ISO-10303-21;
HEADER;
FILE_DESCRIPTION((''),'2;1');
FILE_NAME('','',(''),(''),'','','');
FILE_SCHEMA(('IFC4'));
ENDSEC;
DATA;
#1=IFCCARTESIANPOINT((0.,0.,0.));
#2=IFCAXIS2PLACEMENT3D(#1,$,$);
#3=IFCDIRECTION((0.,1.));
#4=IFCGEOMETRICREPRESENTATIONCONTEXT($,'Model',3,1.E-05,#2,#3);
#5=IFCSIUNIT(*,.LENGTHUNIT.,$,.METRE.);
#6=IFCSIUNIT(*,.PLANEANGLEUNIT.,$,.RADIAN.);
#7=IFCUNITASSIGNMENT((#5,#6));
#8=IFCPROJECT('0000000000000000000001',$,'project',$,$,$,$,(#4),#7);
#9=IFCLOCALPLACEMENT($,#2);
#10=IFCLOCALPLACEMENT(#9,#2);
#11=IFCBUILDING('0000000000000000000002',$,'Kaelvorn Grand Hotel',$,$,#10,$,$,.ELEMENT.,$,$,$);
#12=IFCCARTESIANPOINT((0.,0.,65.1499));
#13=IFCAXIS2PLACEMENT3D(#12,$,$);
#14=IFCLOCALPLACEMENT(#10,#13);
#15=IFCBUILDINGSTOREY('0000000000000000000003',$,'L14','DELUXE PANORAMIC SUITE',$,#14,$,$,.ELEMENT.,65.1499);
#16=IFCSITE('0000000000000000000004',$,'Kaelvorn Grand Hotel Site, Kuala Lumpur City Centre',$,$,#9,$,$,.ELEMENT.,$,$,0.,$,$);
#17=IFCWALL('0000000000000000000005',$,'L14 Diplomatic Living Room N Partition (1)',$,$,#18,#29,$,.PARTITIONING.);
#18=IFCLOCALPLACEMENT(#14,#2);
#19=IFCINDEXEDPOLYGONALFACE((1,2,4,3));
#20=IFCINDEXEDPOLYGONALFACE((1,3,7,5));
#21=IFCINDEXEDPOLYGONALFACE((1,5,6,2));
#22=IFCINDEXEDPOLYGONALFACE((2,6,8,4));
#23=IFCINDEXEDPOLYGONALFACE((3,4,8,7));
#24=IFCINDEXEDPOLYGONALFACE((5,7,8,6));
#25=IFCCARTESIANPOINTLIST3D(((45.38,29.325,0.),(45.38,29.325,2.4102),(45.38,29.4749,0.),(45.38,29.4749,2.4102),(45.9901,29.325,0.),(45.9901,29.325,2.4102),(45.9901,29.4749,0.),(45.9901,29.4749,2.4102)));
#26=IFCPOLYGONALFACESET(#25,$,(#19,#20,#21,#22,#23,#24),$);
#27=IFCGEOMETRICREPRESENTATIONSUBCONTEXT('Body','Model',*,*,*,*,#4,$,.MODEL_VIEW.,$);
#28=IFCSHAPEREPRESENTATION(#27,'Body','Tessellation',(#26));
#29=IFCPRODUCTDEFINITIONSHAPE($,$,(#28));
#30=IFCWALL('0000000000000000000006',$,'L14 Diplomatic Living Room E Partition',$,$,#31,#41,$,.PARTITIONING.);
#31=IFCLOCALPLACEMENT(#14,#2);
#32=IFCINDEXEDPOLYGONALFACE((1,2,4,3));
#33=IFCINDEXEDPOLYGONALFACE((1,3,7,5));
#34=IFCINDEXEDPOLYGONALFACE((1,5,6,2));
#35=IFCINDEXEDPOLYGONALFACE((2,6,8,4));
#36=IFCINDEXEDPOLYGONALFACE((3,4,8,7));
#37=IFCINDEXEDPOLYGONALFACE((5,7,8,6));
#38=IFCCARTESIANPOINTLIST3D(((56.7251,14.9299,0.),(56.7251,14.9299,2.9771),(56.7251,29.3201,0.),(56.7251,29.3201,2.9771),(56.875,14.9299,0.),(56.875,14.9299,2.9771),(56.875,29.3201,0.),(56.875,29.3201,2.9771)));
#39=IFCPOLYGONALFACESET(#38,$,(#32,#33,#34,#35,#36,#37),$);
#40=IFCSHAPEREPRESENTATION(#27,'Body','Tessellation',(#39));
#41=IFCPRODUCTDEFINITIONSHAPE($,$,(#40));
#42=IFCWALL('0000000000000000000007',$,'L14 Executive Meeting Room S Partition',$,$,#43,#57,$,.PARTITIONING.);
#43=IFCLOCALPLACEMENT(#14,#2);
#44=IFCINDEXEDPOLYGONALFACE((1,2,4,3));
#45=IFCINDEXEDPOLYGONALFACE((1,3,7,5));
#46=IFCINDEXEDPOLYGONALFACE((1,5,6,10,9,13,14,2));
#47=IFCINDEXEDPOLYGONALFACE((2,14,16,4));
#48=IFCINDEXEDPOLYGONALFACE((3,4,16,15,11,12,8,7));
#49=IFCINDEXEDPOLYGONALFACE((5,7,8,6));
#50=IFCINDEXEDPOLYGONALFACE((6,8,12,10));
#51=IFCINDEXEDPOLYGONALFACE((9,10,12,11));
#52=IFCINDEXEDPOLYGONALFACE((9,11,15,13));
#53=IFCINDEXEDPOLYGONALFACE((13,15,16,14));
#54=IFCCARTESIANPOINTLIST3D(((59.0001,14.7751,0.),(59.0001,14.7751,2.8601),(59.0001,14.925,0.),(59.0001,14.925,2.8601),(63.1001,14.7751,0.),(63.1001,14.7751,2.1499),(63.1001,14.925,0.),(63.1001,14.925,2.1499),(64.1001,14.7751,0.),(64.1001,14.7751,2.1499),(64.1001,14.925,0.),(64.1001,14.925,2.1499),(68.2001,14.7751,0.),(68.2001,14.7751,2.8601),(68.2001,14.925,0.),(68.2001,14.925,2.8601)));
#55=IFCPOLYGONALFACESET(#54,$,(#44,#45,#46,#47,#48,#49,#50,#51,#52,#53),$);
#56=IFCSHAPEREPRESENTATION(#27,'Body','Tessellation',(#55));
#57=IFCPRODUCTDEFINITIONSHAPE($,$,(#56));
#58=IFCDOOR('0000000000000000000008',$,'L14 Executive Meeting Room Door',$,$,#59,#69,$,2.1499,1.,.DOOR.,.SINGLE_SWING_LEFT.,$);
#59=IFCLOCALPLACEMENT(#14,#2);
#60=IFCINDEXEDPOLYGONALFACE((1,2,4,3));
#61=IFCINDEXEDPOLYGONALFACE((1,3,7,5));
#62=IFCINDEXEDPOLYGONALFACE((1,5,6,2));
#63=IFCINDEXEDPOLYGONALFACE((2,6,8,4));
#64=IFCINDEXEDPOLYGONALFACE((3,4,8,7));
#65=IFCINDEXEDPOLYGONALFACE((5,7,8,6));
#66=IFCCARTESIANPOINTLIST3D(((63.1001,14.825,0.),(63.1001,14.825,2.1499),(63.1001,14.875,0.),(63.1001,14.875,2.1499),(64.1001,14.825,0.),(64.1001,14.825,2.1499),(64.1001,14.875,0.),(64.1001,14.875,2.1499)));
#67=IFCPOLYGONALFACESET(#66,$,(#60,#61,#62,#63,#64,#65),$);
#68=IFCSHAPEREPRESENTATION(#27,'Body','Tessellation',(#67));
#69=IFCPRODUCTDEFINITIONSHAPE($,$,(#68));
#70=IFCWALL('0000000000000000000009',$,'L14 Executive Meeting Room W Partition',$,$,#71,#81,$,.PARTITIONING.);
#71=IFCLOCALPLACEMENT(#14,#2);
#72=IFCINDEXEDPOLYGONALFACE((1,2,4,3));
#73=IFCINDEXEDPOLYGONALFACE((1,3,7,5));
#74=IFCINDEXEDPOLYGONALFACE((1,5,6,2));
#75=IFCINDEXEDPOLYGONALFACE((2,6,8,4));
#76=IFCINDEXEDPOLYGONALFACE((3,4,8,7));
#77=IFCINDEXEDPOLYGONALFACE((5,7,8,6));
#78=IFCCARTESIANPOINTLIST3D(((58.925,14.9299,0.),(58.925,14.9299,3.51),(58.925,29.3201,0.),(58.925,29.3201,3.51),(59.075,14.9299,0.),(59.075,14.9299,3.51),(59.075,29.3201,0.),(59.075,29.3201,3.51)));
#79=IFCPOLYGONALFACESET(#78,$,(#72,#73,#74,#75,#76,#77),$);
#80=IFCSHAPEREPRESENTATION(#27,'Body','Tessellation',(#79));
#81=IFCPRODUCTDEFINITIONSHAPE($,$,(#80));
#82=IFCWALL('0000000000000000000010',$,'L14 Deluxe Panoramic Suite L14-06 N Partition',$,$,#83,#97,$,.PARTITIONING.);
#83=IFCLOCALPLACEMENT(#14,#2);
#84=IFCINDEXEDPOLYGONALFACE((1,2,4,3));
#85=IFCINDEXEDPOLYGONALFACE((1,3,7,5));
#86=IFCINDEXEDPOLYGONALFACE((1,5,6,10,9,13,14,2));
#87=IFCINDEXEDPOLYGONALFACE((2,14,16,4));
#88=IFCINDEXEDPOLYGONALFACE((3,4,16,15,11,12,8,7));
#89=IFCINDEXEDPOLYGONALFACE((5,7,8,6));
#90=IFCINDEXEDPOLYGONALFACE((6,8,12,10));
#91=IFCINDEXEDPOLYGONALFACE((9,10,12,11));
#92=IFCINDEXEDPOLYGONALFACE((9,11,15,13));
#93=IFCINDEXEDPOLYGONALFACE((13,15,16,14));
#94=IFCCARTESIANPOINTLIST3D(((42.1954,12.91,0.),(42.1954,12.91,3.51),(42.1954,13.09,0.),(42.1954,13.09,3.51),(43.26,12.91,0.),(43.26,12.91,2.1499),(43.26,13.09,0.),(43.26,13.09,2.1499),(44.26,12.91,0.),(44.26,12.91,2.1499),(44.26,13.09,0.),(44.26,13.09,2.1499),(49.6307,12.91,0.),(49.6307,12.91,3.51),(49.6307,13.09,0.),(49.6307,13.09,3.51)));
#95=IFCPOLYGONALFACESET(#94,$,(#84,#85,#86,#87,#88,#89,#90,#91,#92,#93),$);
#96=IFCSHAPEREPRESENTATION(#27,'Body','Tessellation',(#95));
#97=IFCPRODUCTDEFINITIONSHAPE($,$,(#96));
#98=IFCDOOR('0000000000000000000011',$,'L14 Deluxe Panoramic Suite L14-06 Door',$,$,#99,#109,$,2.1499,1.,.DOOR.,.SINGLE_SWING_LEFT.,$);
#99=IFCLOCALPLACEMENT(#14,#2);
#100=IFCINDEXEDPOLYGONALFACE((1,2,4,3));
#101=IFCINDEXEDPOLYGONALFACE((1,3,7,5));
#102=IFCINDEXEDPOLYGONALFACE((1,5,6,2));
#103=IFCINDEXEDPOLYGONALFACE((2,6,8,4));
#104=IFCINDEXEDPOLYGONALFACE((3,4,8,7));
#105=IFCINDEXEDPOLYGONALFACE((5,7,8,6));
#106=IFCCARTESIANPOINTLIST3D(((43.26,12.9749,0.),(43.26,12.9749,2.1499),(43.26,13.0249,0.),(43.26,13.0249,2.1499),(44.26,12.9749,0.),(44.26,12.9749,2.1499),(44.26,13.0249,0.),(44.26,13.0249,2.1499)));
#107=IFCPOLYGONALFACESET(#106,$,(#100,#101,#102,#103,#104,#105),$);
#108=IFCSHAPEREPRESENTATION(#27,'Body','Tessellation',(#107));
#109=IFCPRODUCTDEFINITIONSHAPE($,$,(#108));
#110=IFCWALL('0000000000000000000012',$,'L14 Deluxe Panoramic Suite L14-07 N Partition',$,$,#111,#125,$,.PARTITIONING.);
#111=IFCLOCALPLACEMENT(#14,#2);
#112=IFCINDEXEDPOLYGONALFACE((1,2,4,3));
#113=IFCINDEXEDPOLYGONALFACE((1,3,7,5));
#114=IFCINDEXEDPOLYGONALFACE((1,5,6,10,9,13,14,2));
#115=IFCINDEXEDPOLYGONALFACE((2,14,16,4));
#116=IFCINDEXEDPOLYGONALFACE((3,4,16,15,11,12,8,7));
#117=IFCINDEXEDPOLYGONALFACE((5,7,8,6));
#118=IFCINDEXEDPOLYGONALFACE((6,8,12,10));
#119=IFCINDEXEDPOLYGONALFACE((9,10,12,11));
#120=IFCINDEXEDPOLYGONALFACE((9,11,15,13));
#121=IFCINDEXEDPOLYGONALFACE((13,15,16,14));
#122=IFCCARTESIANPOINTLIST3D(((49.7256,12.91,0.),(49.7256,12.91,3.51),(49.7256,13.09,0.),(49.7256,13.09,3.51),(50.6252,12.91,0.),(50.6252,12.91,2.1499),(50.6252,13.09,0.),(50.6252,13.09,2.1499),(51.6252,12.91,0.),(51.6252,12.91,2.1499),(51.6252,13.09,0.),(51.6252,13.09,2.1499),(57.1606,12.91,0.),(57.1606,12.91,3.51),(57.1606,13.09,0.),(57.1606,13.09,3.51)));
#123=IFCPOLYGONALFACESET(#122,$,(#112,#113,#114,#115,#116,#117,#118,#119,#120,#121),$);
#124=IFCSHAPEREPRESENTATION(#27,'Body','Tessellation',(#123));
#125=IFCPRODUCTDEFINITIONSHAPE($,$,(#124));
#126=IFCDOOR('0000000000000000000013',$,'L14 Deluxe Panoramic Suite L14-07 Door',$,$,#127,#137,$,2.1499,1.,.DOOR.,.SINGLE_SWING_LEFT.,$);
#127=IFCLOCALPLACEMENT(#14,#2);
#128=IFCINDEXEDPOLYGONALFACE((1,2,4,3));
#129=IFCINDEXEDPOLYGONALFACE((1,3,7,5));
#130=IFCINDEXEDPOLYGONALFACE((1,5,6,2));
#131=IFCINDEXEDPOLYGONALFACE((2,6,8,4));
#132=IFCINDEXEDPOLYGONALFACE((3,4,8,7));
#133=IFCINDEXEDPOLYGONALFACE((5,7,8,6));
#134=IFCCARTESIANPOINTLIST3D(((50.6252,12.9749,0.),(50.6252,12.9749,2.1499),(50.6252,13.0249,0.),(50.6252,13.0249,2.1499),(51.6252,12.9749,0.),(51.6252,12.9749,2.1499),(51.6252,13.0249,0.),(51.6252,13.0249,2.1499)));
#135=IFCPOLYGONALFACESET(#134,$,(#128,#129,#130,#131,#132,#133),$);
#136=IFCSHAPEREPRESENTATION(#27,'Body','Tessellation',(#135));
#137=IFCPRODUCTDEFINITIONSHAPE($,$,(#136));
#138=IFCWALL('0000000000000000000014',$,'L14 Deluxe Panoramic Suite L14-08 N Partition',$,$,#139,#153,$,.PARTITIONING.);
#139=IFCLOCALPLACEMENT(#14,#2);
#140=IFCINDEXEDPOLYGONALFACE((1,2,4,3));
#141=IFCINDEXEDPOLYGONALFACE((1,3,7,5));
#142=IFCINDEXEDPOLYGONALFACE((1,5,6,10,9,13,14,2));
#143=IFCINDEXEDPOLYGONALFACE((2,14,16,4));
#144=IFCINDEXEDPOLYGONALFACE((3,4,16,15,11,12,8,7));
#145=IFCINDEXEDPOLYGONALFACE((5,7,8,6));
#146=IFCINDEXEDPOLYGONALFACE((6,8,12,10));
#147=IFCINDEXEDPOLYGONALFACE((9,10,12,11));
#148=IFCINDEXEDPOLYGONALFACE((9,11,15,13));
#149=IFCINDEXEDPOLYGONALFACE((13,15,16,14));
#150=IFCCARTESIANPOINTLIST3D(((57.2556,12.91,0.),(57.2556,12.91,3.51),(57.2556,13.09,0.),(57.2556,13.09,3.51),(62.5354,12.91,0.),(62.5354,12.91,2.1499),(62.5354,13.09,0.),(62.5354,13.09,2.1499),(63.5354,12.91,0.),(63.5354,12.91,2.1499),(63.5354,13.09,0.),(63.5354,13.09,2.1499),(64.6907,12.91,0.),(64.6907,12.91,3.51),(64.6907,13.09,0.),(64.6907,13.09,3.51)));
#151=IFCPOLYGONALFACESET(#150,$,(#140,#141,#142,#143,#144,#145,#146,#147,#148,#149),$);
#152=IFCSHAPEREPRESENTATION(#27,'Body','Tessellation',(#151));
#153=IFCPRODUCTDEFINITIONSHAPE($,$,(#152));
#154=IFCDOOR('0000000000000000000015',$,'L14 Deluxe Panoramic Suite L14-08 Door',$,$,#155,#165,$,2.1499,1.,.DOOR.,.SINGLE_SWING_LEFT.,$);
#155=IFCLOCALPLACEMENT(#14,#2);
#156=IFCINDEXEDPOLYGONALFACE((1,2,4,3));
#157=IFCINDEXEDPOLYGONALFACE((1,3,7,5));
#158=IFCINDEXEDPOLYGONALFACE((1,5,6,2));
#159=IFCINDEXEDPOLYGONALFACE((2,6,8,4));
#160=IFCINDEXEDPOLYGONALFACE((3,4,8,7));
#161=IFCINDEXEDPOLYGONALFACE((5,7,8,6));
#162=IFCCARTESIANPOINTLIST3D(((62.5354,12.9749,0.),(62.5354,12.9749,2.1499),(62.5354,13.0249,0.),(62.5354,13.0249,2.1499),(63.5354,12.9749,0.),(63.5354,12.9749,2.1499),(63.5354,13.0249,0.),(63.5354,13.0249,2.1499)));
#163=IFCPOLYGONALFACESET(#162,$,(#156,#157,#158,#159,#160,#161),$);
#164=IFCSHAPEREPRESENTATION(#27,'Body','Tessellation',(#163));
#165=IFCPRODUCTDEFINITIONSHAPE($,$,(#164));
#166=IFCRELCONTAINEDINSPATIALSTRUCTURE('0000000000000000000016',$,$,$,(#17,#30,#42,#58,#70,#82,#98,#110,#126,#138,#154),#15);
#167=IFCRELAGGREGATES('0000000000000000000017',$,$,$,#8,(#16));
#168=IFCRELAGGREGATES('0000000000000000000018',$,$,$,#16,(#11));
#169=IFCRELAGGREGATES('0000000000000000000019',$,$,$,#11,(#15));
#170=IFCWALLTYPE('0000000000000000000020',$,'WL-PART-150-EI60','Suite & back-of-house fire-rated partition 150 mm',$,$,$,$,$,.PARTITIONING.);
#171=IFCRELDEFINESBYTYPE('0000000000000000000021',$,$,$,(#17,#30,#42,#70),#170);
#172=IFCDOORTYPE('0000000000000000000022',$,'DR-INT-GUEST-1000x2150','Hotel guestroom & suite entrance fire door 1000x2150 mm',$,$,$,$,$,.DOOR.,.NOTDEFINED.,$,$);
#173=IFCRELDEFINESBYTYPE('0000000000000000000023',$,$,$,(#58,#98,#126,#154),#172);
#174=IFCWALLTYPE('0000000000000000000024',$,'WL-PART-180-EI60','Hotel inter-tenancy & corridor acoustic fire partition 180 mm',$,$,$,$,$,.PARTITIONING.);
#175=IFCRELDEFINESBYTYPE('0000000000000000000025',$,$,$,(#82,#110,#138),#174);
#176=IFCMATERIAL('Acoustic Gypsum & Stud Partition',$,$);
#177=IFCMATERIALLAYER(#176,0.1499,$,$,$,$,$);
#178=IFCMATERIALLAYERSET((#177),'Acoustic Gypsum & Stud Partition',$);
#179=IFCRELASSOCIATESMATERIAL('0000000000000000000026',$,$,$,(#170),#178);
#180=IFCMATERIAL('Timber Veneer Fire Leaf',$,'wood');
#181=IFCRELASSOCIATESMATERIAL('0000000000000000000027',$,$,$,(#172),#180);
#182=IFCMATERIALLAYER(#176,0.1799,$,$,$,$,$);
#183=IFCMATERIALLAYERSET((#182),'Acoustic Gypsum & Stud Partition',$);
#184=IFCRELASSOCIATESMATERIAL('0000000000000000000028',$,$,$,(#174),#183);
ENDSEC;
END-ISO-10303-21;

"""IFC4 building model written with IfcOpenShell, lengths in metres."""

from ifc_helpers import new_model, si_unit, direction, frame, frame_2d, origin, place, context, subcontext, project, spatial, rectangle, extrude, material, layer, layer_set, type_object, element, fill, save


model = new_model("IFC4")

# Units and contexts
model_context = context("Model", 3, precision=1e-05, world=origin(), true_north=direction((0.0, 1.0)))
body_context = subcontext(model_context, "Body", "Model", "MODEL_VIEW")
ifc_project = project(units=[si_unit("LENGTHUNIT", "METRE"), si_unit("PLANEANGLEUNIT", "RADIAN")], contexts=[model_context])

# Site, building, storey
site_placement = place(None, origin())
site = spatial("IfcSite", under=ifc_project, at=site_placement, Name="Kaelvorn Grand Hotel Site, Kuala Lumpur City Centre", CompositionType="ELEMENT", RefElevation=0.0)
building_placement = place(site_placement, origin())
building = spatial("IfcBuilding", under=site, at=building_placement, Name="Kaelvorn Grand Hotel", CompositionType="ELEMENT")
storey_placement = place(building_placement, frame((0.0, 0.0, 65.1499)))
storey = spatial("IfcBuildingStorey", under=building, at=storey_placement, Name="L14", Description="DELUXE PANORAMIC SUITE", CompositionType="ELEMENT", Elevation=65.1499)

# Shared definitions
ifc_material_1 = material(Name="Acoustic Gypsum & Stud Partition")
ifc_layer_1 = layer(ifc_material_1, 0.1499)
ifc_layer_set_1 = layer_set([ifc_layer_1], Name="Acoustic Gypsum & Stud Partition")
wall_type_1 = type_object("IfcWallType", Name="WL-PART-150-EI60", Description="Suite & back-of-house fire-rated partition 150 mm", PredefinedType="PARTITIONING", material=ifc_layer_set_1)

# Shared definitions
ifc_material_2 = material(Name="Timber Veneer Fire Leaf", Category="wood")
door_type_1 = type_object("IfcDoorType", Name="DR-INT-GUEST-1000x2150", Description="Hotel guestroom & suite entrance fire door 1000x2150 mm", OperationType="NOTDEFINED", PredefinedType="DOOR", material=ifc_material_2)

# Walls
wall_1_placement = place(storey_placement, frame((45.3799, 29.3999, 0.0), z_axis=(0.0, 0.0, 1.0), x_axis=(1.0, 0.0, 0.0)))
element("IfcWall", 1, at=wall_1_placement, inside=storey, type_object=wall_type_1, Name="L14 Diplomatic Living Room N Partition (1)", PredefinedType="PARTITIONING", context=body_context, shape_type="SweptSolid", body=[
    extrude(rectangle(XDim=0.6101, YDim=0.1499, at=frame_2d((0.3052, 0.0))), origin(), (0.0, 0.0, 1.0), 2.4102),
])
wall_2_placement = place(storey_placement, frame((56.8, 14.9299, 0.0), z_axis=(0.0, 0.0, 1.0), x_axis=(0.0, 1.0, 0.0)))
element("IfcWall", 2, at=wall_2_placement, inside=storey, type_object=wall_type_1, Name="L14 Diplomatic Living Room E Partition", PredefinedType="PARTITIONING", context=body_context, shape_type="SweptSolid", body=[
    extrude(rectangle(XDim=14.3901, YDim=0.1499, at=frame_2d((7.1951, 0.0))), origin(), (0.0, 0.0, 1.0), 2.9771),
])

# Wall, opening, door
wall_3_placement = place(storey_placement, frame((59.0, 14.8501, 0.0), z_axis=(0.0, 0.0, 1.0), x_axis=(1.0, 0.0, 0.0)))
wall_3 = element("IfcWall", 3, at=wall_3_placement, inside=storey, type_object=wall_type_1, Name="L14 Executive Meeting Room S Partition", PredefinedType="PARTITIONING", context=body_context, shape_type="SweptSolid", body=[
    extrude(rectangle(XDim=9.2, YDim=0.1499, at=frame_2d((4.6001, 0.0))), origin(), (0.0, 0.0, 1.0), 2.8601),
])
opening_1_placement = place(wall_3_placement, frame((4.1001, 0.0, 0.0)))
opening_1 = element("IfcOpeningElement", 4, at=opening_1_placement, cuts=wall_3, PredefinedType="OPENING", context=body_context, shape_type="SweptSolid", body=[
    extrude(rectangle(XDim=1.0, YDim=2.1499, at=frame_2d((0.5, 1.075))), frame((0.0, 0.085, 0.0), z_axis=(0.0, -1.0, 0.0), x_axis=(1.0, 0.0, 0.0)), (0.0, 0.0, 1.0), 0.1699),
])
door_1_placement = place(opening_1_placement, origin())
door_1 = element("IfcDoor", 5, at=door_1_placement, inside=storey, type_object=door_type_1, Name="L14 Executive Meeting Room Door", OperationType="SINGLE_SWING_LEFT", OverallHeight=2.1499, OverallWidth=1.0, PredefinedType="DOOR", context=body_context, shape_type="SweptSolid", body=[
    extrude(rectangle(XDim=1.0, YDim=2.1499, at=frame_2d((0.5, 1.075))), frame((0.0, 0.0249, 0.0), z_axis=(0.0, -1.0, 0.0), x_axis=(1.0, 0.0, 0.0)), (0.0, 0.0, 1.0), 0.05),
])
fill(opening_1, door_1)

# Wall
wall_4_placement = place(storey_placement, frame((59.0, 14.9299, 0.0), z_axis=(0.0, 0.0, 1.0), x_axis=(0.0, 1.0, 0.0)))
element("IfcWall", 6, at=wall_4_placement, inside=storey, type_object=wall_type_1, Name="L14 Executive Meeting Room W Partition", PredefinedType="PARTITIONING", context=body_context, shape_type="SweptSolid", body=[
    extrude(rectangle(XDim=14.3901, YDim=0.1499, at=frame_2d((7.1951, 0.0))), origin(), (0.0, 0.0, 1.0), 3.51),
])

# Walls, openings, doors
ifc_layer_2 = layer(ifc_material_1, 0.1799)
ifc_layer_set_2 = layer_set([ifc_layer_2], Name="Acoustic Gypsum & Stud Partition")
wall_type_2 = type_object("IfcWallType", Name="WL-PART-180-EI60", Description="Hotel inter-tenancy & corridor acoustic fire partition 180 mm", PredefinedType="PARTITIONING", material=ifc_layer_set_2)
wall_5_placement = place(storey_placement, frame((42.1953, 13.0, 0.0), z_axis=(0.0, 0.0, 1.0), x_axis=(1.0, 0.0, 0.0)))
wall_5 = element("IfcWall", 7, at=wall_5_placement, inside=storey, type_object=wall_type_2, Name="L14 Deluxe Panoramic Suite L14-06 N Partition", PredefinedType="PARTITIONING", context=body_context, shape_type="SweptSolid", body=[
    extrude(rectangle(XDim=7.4353, YDim=0.1799, at=frame_2d((3.7178, 0.0))), origin(), (0.0, 0.0, 1.0), 3.51),
])
opening_2_placement = place(wall_5_placement, frame((1.0647, 0.0, 0.0)))
opening_2 = element("IfcOpeningElement", 8, at=opening_2_placement, cuts=wall_5, PredefinedType="OPENING", context=body_context, shape_type="SweptSolid", body=[
    extrude(rectangle(XDim=1.0, YDim=2.1499, at=frame_2d((0.5, 1.075))), frame((0.0, 0.1001, 0.0), z_axis=(0.0, -1.0, 0.0), x_axis=(1.0, 0.0, 0.0)), (0.0, 0.0, 1.0), 0.2),
])
door_2_placement = place(opening_2_placement, origin())
door_2 = element("IfcDoor", 9, at=door_2_placement, inside=storey, type_object=door_type_1, Name="L14 Deluxe Panoramic Suite L14-06 Door", OperationType="SINGLE_SWING_LEFT", OverallHeight=2.1499, OverallWidth=1.0, PredefinedType="DOOR", context=body_context, shape_type="SweptSolid", body=[
    extrude(rectangle(XDim=1.0, YDim=2.1499, at=frame_2d((0.5, 1.075))), frame((0.0, 0.0249, 0.0), z_axis=(0.0, -1.0, 0.0), x_axis=(1.0, 0.0, 0.0)), (0.0, 0.0, 1.0), 0.05),
])
fill(opening_2, door_2)
wall_6_placement = place(storey_placement, frame((49.7256, 13.0, 0.0), z_axis=(0.0, 0.0, 1.0), x_axis=(1.0, 0.0, 0.0)))
wall_6 = element("IfcWall", 10, at=wall_6_placement, inside=storey, type_object=wall_type_2, Name="L14 Deluxe Panoramic Suite L14-07 N Partition", PredefinedType="PARTITIONING", context=body_context, shape_type="SweptSolid", body=[
    extrude(rectangle(XDim=7.4351, YDim=0.1799, at=frame_2d((3.7175, 0.0))), origin(), (0.0, 0.0, 1.0), 3.51),
])
opening_3_placement = place(wall_6_placement, frame((0.8997, 0.0, 0.0)))
opening_3 = element("IfcOpeningElement", 11, at=opening_3_placement, cuts=wall_6, PredefinedType="OPENING", context=body_context, shape_type="SweptSolid", body=[
    extrude(rectangle(XDim=1.0, YDim=2.1499, at=frame_2d((0.5, 1.075))), frame((0.0, 0.1001, 0.0), z_axis=(0.0, -1.0, 0.0), x_axis=(1.0, 0.0, 0.0)), (0.0, 0.0, 1.0), 0.2),
])
door_3_placement = place(opening_3_placement, origin())
door_3 = element("IfcDoor", 12, at=door_3_placement, inside=storey, type_object=door_type_1, Name="L14 Deluxe Panoramic Suite L14-07 Door", OperationType="SINGLE_SWING_LEFT", OverallHeight=2.1499, OverallWidth=1.0, PredefinedType="DOOR", context=body_context, shape_type="SweptSolid", body=[
    extrude(rectangle(XDim=1.0, YDim=2.1499, at=frame_2d((0.5, 1.075))), frame((0.0, 0.0249, 0.0), z_axis=(0.0, -1.0, 0.0), x_axis=(1.0, 0.0, 0.0)), (0.0, 0.0, 1.0), 0.05),
])
fill(opening_3, door_3)
wall_7_placement = place(storey_placement, frame((57.2556, 13.0, 0.0), z_axis=(0.0, 0.0, 1.0), x_axis=(1.0, 0.0, 0.0)))
wall_7 = element("IfcWall", 13, at=wall_7_placement, inside=storey, type_object=wall_type_2, Name="L14 Deluxe Panoramic Suite L14-08 N Partition", PredefinedType="PARTITIONING", context=body_context, shape_type="SweptSolid", body=[
    extrude(rectangle(XDim=7.4351, YDim=0.1799, at=frame_2d((3.7175, 0.0))), origin(), (0.0, 0.0, 1.0), 3.51),
])
opening_4_placement = place(wall_7_placement, frame((5.2798, 0.0, 0.0)))
opening_4 = element("IfcOpeningElement", 14, at=opening_4_placement, cuts=wall_7, PredefinedType="OPENING", context=body_context, shape_type="SweptSolid", body=[
    extrude(rectangle(XDim=1.0, YDim=2.1499, at=frame_2d((0.5, 1.075))), frame((0.0, 0.1001, 0.0), z_axis=(0.0, -1.0, 0.0), x_axis=(1.0, 0.0, 0.0)), (0.0, 0.0, 1.0), 0.2),
])
door_4_placement = place(opening_4_placement, origin())
door_4 = element("IfcDoor", 15, at=door_4_placement, inside=storey, type_object=door_type_1, Name="L14 Deluxe Panoramic Suite L14-08 Door", OperationType="SINGLE_SWING_LEFT", OverallHeight=2.1499, OverallWidth=1.0, PredefinedType="DOOR", context=body_context, shape_type="SweptSolid", body=[
    extrude(rectangle(XDim=1.0, YDim=2.1499, at=frame_2d((0.5, 1.075))), frame((0.0, 0.0249, 0.0), z_axis=(0.0, -1.0, 0.0), x_axis=(1.0, 0.0, 0.0)), (0.0, 0.0, 1.0), 0.05),
])
fill(opening_4, door_4)

save(model, "model.ifc")
